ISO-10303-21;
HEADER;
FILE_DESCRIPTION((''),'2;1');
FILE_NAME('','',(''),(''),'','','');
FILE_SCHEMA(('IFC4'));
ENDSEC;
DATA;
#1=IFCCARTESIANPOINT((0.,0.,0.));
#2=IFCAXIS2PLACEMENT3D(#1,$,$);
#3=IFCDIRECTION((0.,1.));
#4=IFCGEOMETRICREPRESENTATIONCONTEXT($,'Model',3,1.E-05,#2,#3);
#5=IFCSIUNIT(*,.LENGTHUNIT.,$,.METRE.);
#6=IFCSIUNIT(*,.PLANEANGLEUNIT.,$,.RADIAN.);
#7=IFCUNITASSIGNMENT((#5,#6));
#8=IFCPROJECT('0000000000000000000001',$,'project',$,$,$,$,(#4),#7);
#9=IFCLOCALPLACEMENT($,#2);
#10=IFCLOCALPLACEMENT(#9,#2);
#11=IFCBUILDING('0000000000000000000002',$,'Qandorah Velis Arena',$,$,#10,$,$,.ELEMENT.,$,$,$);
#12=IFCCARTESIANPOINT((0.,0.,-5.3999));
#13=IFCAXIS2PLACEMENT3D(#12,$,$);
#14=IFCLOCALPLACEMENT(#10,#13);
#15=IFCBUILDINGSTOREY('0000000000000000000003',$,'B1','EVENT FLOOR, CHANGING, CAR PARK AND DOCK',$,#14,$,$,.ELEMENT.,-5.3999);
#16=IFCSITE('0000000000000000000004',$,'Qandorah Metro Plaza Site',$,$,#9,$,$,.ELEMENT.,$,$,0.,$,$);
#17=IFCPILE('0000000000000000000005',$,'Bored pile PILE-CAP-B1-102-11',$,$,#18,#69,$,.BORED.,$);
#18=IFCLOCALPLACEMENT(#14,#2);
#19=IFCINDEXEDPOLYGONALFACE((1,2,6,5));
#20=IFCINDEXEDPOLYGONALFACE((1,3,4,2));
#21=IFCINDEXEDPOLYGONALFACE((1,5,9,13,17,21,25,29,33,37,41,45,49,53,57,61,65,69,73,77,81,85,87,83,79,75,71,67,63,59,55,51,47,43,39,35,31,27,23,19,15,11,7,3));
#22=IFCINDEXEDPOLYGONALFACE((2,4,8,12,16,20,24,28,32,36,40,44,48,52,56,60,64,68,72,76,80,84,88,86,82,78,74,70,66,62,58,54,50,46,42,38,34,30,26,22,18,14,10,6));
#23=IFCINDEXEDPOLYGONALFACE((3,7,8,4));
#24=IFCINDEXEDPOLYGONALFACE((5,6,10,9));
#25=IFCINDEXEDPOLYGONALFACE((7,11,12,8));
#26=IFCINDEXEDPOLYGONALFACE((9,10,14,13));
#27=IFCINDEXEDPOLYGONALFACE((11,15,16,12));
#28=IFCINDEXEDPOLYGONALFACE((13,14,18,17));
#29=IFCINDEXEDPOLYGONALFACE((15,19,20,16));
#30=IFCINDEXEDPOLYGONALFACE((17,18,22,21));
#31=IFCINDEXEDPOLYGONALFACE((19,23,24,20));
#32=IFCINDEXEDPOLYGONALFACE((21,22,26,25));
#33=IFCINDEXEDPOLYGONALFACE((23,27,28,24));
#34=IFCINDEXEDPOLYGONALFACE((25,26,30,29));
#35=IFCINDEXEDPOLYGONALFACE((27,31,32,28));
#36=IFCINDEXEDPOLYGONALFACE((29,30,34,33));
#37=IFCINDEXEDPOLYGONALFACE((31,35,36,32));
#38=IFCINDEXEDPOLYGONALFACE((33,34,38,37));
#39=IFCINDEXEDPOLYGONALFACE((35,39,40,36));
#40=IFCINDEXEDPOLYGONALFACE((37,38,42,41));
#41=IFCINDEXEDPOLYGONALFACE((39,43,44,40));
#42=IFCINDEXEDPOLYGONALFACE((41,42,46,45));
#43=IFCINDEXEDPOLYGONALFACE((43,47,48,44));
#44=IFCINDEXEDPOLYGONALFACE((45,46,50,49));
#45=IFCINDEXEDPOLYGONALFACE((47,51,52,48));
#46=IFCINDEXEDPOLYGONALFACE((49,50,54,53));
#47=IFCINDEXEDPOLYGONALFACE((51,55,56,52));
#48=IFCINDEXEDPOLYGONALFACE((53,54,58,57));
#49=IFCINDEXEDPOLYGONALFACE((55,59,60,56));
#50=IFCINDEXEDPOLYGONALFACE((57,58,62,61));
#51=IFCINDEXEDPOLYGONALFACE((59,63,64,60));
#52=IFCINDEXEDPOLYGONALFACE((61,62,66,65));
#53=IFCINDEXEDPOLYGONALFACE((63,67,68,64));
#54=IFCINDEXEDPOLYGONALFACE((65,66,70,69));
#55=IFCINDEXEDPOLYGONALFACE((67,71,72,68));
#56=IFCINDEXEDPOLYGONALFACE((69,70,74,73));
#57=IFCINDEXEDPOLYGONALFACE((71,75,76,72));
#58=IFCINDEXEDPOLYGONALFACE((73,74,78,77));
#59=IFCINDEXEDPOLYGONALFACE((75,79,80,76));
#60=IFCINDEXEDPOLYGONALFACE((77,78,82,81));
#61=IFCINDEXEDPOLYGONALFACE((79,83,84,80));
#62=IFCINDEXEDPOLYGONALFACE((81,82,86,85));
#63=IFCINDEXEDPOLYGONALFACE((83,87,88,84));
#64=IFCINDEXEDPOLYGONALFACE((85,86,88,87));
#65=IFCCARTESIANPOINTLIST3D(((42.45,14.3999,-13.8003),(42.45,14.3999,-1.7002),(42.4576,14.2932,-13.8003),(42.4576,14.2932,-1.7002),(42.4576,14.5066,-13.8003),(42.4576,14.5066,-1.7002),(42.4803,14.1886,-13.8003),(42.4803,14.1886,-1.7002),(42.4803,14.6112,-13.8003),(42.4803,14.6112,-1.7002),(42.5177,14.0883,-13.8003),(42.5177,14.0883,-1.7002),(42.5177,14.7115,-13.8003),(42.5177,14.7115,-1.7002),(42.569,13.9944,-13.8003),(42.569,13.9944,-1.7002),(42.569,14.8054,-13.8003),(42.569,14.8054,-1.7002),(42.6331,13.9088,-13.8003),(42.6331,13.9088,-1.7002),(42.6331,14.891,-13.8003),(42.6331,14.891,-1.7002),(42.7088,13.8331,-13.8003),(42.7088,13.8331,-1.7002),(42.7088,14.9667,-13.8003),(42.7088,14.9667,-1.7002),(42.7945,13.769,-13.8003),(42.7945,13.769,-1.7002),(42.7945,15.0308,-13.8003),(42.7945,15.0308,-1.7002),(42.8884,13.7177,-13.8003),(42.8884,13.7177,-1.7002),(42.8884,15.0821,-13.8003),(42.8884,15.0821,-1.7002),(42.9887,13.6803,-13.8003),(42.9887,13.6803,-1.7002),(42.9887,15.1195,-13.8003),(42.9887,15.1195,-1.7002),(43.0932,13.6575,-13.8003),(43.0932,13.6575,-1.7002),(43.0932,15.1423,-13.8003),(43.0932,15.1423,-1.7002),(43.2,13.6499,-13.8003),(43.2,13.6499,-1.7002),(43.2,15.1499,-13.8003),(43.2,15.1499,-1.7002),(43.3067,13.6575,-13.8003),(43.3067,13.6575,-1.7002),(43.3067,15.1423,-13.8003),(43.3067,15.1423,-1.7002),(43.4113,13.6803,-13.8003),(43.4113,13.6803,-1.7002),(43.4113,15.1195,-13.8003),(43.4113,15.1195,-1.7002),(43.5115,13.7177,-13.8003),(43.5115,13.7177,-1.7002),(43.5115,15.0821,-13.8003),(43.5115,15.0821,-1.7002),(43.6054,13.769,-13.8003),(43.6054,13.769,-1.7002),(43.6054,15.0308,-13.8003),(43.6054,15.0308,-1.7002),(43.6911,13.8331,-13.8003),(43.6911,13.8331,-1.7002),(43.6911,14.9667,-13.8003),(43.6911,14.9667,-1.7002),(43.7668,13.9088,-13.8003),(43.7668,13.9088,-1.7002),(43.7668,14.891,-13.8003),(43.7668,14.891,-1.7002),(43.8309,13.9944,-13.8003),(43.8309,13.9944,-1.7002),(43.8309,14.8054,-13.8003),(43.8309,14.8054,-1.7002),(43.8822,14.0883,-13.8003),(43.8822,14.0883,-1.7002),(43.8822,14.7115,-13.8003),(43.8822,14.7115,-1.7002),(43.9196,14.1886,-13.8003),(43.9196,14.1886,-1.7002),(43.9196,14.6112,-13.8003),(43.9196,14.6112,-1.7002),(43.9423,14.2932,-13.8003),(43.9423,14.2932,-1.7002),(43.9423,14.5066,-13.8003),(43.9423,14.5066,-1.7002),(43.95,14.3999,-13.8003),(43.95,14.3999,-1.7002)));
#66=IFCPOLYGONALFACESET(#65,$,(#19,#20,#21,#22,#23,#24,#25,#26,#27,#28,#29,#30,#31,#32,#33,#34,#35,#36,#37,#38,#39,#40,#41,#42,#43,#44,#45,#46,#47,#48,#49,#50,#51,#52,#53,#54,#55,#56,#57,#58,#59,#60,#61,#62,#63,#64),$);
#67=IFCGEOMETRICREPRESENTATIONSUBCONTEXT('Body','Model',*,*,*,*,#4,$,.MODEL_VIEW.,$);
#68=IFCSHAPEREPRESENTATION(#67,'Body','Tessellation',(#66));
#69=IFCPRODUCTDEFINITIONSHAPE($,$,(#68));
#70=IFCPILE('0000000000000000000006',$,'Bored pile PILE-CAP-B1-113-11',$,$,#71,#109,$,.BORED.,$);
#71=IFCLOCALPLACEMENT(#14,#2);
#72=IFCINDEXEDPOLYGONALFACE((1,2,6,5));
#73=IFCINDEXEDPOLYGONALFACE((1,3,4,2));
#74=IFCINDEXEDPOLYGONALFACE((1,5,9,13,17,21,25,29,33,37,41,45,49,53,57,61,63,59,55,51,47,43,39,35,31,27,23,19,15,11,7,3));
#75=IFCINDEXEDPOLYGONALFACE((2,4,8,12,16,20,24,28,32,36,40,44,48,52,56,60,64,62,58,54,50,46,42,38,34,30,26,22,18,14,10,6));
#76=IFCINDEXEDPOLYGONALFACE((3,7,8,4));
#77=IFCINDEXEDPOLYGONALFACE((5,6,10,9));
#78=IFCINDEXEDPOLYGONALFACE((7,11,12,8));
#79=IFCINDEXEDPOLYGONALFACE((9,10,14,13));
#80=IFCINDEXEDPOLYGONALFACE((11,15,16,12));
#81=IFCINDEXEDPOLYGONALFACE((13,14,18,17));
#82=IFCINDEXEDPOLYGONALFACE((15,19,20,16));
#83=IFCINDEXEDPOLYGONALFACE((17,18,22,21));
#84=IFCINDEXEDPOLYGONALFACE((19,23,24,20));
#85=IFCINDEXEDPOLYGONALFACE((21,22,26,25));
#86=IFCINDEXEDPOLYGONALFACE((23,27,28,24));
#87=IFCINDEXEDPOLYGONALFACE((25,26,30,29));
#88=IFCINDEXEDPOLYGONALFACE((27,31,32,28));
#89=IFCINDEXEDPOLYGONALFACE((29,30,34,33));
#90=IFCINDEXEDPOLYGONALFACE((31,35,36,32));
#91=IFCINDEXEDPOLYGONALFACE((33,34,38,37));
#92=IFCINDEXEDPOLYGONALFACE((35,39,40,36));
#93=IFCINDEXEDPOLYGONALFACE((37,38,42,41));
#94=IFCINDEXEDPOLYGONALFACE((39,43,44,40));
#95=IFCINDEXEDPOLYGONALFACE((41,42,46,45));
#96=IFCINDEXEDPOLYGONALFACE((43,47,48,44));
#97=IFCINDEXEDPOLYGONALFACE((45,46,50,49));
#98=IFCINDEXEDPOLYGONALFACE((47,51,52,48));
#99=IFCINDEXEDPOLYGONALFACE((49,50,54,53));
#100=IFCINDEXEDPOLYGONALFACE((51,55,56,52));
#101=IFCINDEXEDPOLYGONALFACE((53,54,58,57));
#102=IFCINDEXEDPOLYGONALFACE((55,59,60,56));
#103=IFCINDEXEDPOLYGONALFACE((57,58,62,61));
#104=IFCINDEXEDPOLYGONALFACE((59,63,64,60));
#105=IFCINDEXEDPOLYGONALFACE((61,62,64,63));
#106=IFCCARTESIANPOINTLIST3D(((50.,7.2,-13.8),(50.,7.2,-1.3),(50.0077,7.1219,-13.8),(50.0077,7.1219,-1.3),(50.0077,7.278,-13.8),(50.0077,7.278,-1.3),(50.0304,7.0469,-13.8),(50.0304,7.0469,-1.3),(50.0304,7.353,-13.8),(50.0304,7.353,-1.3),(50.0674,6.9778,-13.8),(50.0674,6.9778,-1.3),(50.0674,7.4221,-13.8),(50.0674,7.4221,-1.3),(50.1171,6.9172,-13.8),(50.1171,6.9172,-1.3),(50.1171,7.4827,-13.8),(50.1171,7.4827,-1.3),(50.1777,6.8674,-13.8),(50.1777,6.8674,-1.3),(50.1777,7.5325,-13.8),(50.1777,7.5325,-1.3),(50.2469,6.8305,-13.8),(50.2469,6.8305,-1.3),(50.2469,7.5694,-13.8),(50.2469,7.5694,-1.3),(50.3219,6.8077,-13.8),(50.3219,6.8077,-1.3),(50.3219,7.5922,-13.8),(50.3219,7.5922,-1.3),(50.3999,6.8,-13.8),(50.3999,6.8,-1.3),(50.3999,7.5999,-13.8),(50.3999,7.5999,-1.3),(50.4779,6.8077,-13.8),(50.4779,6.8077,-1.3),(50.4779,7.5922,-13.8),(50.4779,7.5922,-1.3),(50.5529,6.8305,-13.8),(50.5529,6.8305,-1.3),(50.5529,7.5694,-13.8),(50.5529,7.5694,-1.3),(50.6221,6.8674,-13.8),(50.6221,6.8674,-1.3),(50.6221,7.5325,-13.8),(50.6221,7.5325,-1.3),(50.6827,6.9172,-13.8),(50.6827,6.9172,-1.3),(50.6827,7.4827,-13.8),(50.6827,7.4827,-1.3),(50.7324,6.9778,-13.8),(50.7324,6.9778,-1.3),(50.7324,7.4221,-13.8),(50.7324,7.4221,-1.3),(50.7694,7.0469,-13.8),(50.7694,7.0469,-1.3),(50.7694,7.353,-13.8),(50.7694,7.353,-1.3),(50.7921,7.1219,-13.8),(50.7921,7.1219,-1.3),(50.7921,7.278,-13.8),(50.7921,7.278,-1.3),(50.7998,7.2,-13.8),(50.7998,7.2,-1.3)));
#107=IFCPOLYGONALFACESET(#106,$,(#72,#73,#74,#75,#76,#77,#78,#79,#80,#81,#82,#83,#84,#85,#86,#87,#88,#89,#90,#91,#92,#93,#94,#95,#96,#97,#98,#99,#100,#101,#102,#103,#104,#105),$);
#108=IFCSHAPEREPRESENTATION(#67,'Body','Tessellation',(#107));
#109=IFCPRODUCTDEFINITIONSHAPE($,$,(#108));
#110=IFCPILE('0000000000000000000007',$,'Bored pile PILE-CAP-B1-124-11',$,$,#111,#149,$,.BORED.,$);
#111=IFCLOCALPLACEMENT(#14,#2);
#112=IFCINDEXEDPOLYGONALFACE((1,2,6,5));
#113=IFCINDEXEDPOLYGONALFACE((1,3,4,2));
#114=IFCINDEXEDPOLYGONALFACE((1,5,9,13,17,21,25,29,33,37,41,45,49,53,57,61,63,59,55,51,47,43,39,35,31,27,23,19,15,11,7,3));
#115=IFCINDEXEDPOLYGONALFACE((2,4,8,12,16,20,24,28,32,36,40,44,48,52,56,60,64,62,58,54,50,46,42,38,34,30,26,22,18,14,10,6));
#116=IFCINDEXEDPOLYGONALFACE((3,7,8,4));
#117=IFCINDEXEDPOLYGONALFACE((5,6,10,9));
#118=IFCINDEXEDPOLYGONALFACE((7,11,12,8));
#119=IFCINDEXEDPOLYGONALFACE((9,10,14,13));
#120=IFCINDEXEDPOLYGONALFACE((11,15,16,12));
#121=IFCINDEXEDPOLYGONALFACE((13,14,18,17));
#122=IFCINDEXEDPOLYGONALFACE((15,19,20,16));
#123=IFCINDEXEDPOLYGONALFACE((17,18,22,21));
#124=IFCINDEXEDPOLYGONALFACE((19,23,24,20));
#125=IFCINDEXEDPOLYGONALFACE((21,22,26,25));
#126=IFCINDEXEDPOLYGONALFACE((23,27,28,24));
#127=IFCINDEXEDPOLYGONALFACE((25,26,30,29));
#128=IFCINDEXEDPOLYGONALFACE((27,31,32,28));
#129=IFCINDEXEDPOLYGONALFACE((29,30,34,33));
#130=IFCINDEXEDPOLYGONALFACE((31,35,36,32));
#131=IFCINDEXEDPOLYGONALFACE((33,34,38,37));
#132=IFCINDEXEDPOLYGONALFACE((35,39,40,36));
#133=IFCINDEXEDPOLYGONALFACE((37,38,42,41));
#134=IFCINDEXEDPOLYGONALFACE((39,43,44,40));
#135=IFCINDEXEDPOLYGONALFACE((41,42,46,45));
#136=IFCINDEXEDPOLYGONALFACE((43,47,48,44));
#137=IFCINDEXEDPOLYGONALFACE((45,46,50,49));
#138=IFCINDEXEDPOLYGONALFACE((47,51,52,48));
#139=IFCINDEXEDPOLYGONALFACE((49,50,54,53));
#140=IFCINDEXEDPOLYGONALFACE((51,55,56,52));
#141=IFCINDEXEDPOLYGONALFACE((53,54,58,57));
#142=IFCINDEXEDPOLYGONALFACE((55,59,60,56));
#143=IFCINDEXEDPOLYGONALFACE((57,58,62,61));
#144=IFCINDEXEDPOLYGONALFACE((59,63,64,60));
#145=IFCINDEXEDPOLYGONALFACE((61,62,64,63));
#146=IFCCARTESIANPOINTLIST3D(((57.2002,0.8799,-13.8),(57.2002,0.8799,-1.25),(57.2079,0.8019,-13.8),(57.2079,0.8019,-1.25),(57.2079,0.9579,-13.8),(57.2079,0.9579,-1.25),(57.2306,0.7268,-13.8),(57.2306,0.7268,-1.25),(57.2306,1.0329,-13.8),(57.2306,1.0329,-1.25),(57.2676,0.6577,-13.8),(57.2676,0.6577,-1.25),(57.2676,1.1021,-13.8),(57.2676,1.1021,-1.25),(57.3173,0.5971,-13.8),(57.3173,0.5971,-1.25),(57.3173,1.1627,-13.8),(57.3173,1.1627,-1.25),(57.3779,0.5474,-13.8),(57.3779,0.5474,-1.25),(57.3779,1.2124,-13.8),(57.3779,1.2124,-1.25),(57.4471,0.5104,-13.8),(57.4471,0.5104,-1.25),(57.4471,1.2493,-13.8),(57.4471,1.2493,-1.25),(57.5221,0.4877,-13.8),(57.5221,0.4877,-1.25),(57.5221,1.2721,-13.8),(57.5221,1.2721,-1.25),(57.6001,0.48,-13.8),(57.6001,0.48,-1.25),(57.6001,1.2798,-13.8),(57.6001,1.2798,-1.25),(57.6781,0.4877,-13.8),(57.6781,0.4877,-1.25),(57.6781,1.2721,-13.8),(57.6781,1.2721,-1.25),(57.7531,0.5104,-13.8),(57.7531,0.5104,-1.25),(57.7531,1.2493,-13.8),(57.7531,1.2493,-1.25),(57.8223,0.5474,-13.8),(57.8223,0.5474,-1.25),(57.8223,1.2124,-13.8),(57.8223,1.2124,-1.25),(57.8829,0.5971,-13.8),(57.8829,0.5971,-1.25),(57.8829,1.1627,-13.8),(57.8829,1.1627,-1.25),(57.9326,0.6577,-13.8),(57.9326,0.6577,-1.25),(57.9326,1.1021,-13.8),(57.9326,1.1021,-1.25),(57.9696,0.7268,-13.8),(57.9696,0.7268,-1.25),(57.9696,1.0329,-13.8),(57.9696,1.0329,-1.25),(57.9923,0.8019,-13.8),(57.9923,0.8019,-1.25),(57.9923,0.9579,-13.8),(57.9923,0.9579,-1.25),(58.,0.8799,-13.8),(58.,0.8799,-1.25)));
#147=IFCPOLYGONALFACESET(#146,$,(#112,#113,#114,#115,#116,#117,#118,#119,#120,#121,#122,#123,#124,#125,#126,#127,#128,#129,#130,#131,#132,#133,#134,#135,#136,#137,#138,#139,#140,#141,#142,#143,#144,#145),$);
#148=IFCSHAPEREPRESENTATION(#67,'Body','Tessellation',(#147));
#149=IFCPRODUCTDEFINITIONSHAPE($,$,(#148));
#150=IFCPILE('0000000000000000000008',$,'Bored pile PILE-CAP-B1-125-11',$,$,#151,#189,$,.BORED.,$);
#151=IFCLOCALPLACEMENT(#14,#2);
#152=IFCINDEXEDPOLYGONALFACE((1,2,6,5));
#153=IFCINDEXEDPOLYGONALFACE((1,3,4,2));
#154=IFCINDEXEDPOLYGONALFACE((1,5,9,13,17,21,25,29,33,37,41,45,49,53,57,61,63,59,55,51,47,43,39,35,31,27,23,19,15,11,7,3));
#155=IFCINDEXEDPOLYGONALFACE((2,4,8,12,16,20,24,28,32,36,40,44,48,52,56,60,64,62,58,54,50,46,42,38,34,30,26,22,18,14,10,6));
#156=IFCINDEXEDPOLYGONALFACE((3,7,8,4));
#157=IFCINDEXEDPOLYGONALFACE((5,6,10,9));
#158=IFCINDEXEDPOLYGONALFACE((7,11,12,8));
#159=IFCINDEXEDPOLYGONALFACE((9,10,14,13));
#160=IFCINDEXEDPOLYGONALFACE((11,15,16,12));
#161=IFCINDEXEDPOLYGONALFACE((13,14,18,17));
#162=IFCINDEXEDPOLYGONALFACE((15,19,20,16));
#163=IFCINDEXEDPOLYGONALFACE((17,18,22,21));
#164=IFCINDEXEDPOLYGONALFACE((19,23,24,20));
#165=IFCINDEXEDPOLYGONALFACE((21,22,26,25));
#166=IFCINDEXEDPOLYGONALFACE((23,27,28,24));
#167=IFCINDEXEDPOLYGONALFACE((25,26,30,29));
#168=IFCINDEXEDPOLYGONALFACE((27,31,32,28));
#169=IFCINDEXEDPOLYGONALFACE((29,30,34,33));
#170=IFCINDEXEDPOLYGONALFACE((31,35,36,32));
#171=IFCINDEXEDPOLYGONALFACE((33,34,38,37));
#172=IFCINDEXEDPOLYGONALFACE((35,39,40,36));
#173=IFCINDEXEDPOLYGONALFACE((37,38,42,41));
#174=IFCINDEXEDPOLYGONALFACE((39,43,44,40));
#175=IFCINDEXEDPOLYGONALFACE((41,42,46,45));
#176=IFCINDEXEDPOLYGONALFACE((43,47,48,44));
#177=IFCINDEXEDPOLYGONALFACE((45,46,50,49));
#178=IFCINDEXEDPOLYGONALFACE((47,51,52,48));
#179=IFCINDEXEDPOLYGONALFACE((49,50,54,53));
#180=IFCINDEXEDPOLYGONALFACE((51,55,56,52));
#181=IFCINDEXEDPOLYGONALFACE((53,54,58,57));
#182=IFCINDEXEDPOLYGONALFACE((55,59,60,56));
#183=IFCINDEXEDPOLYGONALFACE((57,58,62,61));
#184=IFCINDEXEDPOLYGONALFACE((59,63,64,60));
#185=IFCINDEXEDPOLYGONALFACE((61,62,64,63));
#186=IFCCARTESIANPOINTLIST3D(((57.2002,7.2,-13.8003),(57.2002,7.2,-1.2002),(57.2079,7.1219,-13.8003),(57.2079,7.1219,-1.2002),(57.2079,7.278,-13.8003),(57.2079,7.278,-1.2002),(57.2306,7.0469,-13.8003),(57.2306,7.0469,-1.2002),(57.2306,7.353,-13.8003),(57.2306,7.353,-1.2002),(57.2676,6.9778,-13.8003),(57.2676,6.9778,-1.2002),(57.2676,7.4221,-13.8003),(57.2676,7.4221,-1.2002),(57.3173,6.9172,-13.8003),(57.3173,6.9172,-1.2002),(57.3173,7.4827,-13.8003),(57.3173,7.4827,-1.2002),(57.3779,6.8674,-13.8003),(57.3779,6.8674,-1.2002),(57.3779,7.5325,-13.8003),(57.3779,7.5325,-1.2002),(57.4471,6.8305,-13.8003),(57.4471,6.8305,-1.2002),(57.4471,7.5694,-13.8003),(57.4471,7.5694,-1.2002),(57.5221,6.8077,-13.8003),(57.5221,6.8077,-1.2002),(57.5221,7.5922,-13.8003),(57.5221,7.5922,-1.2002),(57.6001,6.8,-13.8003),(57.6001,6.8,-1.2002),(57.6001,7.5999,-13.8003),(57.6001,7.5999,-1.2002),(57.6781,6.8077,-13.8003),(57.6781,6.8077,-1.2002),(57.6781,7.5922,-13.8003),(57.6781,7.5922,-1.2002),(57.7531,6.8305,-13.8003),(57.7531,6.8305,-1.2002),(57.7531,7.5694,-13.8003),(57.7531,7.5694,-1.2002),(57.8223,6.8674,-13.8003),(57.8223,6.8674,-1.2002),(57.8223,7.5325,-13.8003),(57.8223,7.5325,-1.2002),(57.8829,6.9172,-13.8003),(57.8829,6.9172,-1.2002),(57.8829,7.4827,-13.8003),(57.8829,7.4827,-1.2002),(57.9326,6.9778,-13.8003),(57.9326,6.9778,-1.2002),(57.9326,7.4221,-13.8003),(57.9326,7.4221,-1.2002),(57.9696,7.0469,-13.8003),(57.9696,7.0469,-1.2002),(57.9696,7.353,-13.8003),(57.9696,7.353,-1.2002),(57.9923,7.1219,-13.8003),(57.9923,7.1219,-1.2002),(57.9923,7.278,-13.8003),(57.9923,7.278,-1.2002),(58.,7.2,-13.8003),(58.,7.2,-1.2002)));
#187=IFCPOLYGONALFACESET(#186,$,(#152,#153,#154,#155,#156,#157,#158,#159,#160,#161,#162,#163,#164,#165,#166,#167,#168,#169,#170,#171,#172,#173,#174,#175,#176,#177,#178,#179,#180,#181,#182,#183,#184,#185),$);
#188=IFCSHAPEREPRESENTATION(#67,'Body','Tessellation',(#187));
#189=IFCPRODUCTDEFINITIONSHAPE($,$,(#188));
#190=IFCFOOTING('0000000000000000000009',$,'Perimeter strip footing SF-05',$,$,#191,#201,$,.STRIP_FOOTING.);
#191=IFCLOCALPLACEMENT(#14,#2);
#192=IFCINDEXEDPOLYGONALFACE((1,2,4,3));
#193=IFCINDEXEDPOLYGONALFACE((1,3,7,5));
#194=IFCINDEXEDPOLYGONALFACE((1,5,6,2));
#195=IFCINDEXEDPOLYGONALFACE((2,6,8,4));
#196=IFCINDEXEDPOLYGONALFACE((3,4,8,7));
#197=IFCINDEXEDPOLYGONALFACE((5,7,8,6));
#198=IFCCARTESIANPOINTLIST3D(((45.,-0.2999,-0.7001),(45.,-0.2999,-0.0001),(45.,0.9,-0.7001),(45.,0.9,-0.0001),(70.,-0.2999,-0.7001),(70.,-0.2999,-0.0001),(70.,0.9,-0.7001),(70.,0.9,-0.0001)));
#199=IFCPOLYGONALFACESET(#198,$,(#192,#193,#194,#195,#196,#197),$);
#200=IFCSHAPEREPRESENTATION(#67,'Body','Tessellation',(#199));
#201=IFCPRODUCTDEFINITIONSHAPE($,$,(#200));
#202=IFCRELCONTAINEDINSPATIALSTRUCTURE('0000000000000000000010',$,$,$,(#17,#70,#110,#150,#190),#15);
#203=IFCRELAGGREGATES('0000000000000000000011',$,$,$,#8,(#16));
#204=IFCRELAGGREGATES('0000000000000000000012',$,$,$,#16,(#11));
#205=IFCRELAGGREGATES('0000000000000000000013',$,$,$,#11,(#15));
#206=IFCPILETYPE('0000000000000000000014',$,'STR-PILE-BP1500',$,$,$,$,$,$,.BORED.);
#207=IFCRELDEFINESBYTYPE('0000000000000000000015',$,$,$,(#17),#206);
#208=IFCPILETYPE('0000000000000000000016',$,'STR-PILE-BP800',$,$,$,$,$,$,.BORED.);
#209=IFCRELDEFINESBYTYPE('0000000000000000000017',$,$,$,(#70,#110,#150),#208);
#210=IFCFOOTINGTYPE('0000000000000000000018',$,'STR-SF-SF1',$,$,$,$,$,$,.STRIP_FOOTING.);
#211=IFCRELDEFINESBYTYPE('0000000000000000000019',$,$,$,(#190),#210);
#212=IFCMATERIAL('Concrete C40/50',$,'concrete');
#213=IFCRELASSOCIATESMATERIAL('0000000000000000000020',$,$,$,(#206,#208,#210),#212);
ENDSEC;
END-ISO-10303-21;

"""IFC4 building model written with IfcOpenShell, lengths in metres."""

from ifc_helpers import new_model, si_unit, direction, frame, origin, origin_2d, place, context, subcontext, project, spatial, rectangle, circle, extrude, material, material_profile, profile_set, type_object, element, save


model = new_model("IFC4")

# Units and contexts
model_context = context("Model", 3, precision=1e-05, world=origin(), true_north=direction((0.0, 1.0)))
body_context = subcontext(model_context, "Body", "Model", "MODEL_VIEW")
ifc_project = project(units=[si_unit("LENGTHUNIT", "METRE"), si_unit("PLANEANGLEUNIT", "RADIAN")], contexts=[model_context])

# Site, building, storey
site_placement = place(None, origin())
site = spatial("IfcSite", under=ifc_project, at=site_placement, Name="Qandorah Metro Plaza Site", CompositionType="ELEMENT", RefElevation=0.0)
building_placement = place(site_placement, origin())
building = spatial("IfcBuilding", under=site, at=building_placement, Name="Qandorah Velis Arena", CompositionType="ELEMENT")
storey_placement = place(building_placement, frame((0.0, 0.0, -5.3999)))
storey = spatial("IfcBuildingStorey", under=building, at=storey_placement, Name="B1", Description="EVENT FLOOR, CHANGING, CAR PARK AND DOCK", CompositionType="ELEMENT", Elevation=-5.3999)

# Shared definitions
ifc_material_1 = material(Name="Concrete C40/50", Category="concrete")

# Piles
ifc_material_profile_1 = material_profile(ifc_material_1, circle(Radius=0.75, at=origin_2d()), Name="BORED PILE D1500")
ifc_profile_set_1 = profile_set([ifc_material_profile_1], Name="Concrete C40/50")
pile_type_1 = type_object("IfcPileType", Name="STR-PILE-BP1500", PredefinedType="BORED", material=ifc_profile_set_1)
pile_1_placement = place(storey_placement, frame((43.2, 14.3999, -1.7002), z_axis=(0.0, 0.0, -1.0), x_axis=(1.0, 0.0, 0.0)))
element("IfcPile", 1, at=pile_1_placement, inside=storey, type_object=pile_type_1, Name="Bored pile PILE-CAP-B1-102-11", PredefinedType="BORED", context=body_context, shape_type="SweptSolid", body=[
    extrude(circle(Radius=0.75, at=origin_2d()), origin(), (0.0, 0.0, 1.0), 12.1001),
])
ifc_material_profile_2 = material_profile(ifc_material_1, circle(Radius=0.3999, at=origin_2d()), Name="BORED PILE D800")
ifc_profile_set_2 = profile_set([ifc_material_profile_2], Name="Concrete C40/50")
pile_type_2 = type_object("IfcPileType", Name="STR-PILE-BP800", PredefinedType="BORED", material=ifc_profile_set_2)
pile_2_placement = place(storey_placement, frame((50.3999, 7.2, -1.3), z_axis=(0.0, 0.0, -1.0), x_axis=(1.0, 0.0, 0.0)))
element("IfcPile", 2, at=pile_2_placement, inside=storey, type_object=pile_type_2, Name="Bored pile PILE-CAP-B1-113-11", PredefinedType="BORED", context=body_context, shape_type="SweptSolid", body=[
    extrude(circle(Radius=0.3999, at=origin_2d()), origin(), (0.0, 0.0, 1.0), 12.5),
])
pile_3_placement = place(storey_placement, frame((57.6001, 0.8799, -1.25), z_axis=(0.0, 0.0, -1.0), x_axis=(1.0, 0.0, 0.0)))
element("IfcPile", 3, at=pile_3_placement, inside=storey, type_object=pile_type_2, Name="Bored pile PILE-CAP-B1-124-11", PredefinedType="BORED", context=body_context, shape_type="SweptSolid", body=[
    extrude(circle(Radius=0.3999, at=origin_2d()), origin(), (0.0, 0.0, 1.0), 12.55),
])
pile_4_placement = place(storey_placement, frame((57.6001, 7.2, -1.2002), z_axis=(0.0, 0.0, -1.0), x_axis=(1.0, 0.0, 0.0)))
element("IfcPile", 4, at=pile_4_placement, inside=storey, type_object=pile_type_2, Name="Bored pile PILE-CAP-B1-125-11", PredefinedType="BORED", context=body_context, shape_type="SweptSolid", body=[
    extrude(circle(Radius=0.3999, at=origin_2d()), origin(), (0.0, 0.0, 1.0), 12.6001),
])

# Footing
ifc_material_profile_3 = material_profile(ifc_material_1, rectangle(XDim=1.2, YDim=0.7, at=origin_2d()), Name="SF1 1200x700")
ifc_profile_set_3 = profile_set([ifc_material_profile_3], Name="Concrete C40/50")
footing_type_1 = type_object("IfcFootingType", Name="STR-SF-SF1", PredefinedType="STRIP_FOOTING", material=ifc_profile_set_3)
footing_1_placement = place(storey_placement, frame((45.0, 0.3, -0.3501), z_axis=(1.0, 0.0, 0.0), x_axis=(0.0, 1.0, 0.0)))
element("IfcFooting", 5, at=footing_1_placement, inside=storey, type_object=footing_type_1, Name="Perimeter strip footing SF-05", PredefinedType="STRIP_FOOTING", context=body_context, shape_type="SweptSolid", body=[
    extrude(rectangle(XDim=1.2, YDim=0.7, at=origin_2d()), origin(), (0.0, 0.0, 1.0), 25.0),
])

save(model, "model.ifc")
